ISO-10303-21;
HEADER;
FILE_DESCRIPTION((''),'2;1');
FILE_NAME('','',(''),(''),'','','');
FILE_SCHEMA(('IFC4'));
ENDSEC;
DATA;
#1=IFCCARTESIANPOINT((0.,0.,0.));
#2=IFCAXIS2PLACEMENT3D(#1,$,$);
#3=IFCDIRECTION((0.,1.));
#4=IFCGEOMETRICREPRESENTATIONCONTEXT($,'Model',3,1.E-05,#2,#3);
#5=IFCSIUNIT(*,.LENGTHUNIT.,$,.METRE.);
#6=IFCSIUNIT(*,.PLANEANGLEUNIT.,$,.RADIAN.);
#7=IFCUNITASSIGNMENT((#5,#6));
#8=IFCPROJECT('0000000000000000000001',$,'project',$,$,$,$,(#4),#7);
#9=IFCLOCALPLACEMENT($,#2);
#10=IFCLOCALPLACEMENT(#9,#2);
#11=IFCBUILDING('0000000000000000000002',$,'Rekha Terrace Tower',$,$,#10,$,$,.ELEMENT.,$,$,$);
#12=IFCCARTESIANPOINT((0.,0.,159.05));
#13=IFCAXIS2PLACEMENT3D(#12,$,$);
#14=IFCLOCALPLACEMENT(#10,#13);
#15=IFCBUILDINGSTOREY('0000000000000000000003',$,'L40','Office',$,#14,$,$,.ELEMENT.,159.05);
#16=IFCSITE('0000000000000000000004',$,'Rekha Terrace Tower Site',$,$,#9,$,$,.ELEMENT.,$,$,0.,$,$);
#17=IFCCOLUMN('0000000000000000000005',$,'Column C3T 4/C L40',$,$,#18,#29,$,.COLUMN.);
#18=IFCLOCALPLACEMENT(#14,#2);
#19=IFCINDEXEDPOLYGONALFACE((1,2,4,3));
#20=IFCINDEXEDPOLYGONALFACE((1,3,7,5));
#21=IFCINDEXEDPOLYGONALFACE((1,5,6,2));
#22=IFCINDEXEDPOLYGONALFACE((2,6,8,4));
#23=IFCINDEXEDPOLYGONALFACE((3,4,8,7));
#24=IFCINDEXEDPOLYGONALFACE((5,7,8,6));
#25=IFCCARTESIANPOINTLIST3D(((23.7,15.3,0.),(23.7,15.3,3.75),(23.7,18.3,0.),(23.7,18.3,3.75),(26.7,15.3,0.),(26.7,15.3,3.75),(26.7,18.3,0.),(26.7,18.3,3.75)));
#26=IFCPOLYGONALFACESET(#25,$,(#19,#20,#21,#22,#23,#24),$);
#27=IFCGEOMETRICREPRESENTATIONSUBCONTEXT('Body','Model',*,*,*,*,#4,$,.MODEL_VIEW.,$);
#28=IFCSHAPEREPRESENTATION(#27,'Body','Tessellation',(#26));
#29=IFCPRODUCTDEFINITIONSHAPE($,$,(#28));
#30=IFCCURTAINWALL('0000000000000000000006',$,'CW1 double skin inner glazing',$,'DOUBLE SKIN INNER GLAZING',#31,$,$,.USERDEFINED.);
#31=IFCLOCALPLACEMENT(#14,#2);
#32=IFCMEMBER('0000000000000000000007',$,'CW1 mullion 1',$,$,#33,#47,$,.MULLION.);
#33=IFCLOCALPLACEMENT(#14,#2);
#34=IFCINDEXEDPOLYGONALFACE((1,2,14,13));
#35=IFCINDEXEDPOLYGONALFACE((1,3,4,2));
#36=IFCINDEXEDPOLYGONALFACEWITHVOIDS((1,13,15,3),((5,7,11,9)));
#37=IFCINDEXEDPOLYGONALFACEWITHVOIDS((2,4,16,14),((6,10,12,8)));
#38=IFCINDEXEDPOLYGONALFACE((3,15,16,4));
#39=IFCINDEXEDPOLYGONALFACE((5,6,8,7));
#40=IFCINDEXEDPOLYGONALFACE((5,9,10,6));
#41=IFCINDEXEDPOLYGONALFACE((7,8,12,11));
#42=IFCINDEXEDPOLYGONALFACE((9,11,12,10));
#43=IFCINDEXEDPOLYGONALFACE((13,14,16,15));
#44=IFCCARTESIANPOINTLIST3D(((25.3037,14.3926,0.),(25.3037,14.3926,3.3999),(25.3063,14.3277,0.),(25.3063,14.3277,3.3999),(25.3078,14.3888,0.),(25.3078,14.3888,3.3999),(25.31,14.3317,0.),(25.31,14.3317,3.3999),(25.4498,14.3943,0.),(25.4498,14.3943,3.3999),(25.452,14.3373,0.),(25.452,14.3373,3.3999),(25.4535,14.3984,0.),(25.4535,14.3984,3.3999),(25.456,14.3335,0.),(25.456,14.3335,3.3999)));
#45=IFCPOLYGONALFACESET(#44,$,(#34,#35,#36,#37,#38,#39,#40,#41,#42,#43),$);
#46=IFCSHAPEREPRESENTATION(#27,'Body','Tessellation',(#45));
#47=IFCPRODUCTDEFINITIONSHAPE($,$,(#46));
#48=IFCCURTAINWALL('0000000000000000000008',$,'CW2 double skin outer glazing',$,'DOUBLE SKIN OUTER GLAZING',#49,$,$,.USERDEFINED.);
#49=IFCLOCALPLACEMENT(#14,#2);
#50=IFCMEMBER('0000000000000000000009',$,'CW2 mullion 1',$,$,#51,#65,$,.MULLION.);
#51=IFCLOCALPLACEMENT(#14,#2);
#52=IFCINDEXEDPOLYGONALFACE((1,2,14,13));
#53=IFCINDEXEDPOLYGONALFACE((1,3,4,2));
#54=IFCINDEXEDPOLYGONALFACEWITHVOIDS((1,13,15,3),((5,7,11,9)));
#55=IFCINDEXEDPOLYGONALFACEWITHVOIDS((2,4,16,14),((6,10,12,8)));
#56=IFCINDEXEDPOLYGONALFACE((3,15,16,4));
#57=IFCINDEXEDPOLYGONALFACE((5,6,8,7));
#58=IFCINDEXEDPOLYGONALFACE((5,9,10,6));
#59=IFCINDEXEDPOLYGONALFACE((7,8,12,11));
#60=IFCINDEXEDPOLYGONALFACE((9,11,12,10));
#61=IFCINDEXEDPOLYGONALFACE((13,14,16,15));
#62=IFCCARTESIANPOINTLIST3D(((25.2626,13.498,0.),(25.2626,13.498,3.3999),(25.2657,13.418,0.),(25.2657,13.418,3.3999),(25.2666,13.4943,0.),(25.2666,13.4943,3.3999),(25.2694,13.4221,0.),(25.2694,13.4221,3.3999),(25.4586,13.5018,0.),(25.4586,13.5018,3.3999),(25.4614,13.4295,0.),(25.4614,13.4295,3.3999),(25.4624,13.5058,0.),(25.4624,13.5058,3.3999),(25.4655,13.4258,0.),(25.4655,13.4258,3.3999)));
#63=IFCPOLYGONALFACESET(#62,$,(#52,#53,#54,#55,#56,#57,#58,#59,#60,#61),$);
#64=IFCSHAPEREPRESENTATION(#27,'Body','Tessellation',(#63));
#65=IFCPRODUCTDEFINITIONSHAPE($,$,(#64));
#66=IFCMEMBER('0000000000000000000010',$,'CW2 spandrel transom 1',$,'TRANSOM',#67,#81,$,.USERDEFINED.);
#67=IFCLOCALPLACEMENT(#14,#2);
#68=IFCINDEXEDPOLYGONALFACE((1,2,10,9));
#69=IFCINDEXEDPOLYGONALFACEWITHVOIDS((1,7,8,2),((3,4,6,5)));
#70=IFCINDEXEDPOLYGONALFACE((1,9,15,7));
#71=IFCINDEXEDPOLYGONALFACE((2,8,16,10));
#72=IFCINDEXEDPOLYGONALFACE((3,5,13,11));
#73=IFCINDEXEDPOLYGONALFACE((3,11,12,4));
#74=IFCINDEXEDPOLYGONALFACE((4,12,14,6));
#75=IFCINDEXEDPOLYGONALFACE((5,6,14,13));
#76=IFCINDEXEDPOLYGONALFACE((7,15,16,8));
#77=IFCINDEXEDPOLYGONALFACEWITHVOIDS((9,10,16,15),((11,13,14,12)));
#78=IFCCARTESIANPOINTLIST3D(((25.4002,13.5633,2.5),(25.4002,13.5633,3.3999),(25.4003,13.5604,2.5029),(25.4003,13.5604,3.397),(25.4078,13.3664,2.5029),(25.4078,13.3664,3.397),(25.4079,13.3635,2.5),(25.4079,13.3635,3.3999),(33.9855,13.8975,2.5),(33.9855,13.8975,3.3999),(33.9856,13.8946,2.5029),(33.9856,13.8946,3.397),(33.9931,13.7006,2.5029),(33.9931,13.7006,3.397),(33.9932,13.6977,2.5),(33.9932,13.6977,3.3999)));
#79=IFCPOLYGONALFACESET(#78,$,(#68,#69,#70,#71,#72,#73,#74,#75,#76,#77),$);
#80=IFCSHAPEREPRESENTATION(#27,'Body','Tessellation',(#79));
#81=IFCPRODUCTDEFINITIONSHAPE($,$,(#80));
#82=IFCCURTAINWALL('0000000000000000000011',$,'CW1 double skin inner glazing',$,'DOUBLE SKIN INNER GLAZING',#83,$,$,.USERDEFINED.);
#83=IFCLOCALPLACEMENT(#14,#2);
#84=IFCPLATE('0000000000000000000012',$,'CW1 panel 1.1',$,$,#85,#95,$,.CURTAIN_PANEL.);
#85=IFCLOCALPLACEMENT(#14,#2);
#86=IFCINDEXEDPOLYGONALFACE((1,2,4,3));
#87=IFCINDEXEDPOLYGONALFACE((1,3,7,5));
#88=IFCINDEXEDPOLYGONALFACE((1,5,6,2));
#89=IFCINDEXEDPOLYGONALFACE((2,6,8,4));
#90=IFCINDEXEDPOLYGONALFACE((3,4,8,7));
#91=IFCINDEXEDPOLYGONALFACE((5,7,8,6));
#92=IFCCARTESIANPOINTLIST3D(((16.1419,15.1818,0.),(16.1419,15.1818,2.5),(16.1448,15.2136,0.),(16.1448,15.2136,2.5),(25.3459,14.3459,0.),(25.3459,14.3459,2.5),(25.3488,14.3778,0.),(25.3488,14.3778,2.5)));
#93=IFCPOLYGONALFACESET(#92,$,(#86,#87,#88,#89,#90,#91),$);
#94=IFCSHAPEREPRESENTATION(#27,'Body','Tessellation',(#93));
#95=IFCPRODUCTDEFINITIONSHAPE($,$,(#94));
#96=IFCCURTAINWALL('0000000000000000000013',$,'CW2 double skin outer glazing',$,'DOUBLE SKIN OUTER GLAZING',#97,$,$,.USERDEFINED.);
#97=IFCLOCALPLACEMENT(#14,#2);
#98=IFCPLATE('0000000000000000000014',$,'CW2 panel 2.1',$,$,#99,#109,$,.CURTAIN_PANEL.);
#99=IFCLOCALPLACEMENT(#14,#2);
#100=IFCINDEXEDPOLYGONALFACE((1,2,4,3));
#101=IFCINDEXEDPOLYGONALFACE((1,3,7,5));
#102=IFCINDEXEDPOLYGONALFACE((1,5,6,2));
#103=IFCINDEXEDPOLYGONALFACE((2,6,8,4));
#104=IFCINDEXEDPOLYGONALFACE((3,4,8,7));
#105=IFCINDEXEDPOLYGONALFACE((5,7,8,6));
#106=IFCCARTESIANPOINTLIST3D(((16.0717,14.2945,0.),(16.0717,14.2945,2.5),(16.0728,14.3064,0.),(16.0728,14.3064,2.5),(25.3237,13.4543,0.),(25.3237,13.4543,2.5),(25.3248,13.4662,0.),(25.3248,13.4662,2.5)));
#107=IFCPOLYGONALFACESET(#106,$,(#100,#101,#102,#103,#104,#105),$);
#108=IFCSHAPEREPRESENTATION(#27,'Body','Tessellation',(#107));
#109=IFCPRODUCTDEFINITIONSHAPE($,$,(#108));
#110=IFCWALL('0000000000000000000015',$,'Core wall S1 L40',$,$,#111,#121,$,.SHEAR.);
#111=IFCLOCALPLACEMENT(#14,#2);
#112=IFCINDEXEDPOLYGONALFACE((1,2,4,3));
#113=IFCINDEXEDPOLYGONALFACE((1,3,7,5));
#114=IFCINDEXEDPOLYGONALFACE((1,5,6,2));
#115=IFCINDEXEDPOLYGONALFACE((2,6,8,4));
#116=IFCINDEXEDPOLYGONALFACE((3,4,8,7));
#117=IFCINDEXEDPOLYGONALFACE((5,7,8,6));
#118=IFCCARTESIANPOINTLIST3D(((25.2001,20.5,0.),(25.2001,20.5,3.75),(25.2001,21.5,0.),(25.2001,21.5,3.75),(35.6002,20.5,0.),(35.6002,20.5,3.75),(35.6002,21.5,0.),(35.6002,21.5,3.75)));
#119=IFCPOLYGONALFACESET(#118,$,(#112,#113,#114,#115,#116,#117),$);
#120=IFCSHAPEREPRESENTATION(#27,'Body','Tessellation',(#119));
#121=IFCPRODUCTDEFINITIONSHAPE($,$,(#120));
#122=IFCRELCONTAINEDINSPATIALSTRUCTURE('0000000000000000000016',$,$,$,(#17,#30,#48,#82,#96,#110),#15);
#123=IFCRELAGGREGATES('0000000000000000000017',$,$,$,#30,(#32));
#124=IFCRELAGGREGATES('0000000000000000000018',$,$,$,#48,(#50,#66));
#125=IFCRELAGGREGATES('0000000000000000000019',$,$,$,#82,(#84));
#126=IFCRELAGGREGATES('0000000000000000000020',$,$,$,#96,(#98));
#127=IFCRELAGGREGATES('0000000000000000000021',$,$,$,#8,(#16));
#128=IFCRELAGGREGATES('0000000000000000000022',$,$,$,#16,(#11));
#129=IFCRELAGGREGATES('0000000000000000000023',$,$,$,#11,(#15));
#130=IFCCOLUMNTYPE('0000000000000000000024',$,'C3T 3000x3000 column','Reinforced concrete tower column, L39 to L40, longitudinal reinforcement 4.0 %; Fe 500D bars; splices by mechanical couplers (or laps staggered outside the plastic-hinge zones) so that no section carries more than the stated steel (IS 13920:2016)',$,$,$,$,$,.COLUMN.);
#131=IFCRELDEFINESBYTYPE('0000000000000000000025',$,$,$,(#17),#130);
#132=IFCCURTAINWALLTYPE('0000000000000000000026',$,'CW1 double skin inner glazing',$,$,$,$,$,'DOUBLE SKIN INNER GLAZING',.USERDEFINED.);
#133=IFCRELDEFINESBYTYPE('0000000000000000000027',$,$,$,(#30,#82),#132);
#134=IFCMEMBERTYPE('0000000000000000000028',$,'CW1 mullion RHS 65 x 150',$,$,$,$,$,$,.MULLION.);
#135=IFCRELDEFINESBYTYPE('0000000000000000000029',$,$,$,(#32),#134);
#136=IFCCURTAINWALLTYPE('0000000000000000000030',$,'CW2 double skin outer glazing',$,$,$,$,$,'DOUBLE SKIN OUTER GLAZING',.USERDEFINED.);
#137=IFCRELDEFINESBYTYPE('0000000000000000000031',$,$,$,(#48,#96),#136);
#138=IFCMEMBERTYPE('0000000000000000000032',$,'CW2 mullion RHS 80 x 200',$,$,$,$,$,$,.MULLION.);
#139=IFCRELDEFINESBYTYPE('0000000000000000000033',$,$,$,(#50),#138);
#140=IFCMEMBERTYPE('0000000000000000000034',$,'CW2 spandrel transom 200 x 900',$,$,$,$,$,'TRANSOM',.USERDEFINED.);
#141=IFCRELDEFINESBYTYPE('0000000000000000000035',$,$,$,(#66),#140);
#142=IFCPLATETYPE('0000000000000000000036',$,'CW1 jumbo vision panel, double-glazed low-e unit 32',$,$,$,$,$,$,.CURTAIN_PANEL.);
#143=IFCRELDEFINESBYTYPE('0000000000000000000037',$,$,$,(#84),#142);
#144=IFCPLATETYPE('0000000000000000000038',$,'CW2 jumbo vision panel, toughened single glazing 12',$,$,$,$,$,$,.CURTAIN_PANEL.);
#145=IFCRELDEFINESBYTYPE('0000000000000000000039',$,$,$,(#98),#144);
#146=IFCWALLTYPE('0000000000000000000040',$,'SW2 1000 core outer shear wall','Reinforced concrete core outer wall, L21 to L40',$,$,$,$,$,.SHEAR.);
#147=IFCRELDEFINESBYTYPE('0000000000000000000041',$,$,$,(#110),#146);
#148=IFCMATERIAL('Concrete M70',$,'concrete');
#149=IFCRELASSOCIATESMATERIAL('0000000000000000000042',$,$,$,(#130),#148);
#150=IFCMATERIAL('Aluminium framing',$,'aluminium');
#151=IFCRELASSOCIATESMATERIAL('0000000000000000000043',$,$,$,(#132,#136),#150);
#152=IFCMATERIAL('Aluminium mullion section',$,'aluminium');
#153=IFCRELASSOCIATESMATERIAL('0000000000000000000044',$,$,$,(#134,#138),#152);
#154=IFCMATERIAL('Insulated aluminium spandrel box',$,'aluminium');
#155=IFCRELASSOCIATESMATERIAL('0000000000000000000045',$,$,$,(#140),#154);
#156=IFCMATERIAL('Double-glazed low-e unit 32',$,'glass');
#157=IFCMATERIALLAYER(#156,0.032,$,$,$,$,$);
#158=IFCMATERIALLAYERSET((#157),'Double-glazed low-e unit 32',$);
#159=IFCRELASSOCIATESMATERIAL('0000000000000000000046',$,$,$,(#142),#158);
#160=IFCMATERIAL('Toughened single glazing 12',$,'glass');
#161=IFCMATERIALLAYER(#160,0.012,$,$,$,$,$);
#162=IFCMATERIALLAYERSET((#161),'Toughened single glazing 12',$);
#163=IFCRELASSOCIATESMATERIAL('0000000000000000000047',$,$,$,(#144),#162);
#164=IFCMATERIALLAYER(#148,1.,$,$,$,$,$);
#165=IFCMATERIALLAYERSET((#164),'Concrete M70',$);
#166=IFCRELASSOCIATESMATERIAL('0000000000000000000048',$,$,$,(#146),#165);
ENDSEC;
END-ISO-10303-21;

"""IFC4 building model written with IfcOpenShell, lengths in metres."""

from ifc_helpers import new_model, si_unit, direction, frame, frame_2d, origin, origin_2d, place, context, subcontext, project, spatial, rectangle, hollow_rectangle, extrude, material, layer, layer_set, material_profile, profile_set, type_object, element, aggregate, save


model = new_model("IFC4")

# Units and contexts
model_context = context("Model", 3, precision=1e-05, world=origin(), true_north=direction((0.0, 1.0)))
body_context = subcontext(model_context, "Body", "Model", "MODEL_VIEW")
ifc_project = project(units=[si_unit("LENGTHUNIT", "METRE"), si_unit("PLANEANGLEUNIT", "RADIAN")], contexts=[model_context])

# Site, building, storey
site_placement = place(None, origin())
site = spatial("IfcSite", under=ifc_project, at=site_placement, Name="Rekha Terrace Tower Site", CompositionType="ELEMENT", RefElevation=0.0)
building_placement = place(site_placement, origin())
building = spatial("IfcBuilding", under=site, at=building_placement, Name="Rekha Terrace Tower", CompositionType="ELEMENT")
storey_placement = place(building_placement, frame((0.0, 0.0, 159.05)))
storey = spatial("IfcBuildingStorey", under=building, at=storey_placement, Name="L40", Description="Office", CompositionType="ELEMENT", Elevation=159.05)

# Column
ifc_material_1 = material(Name="Concrete M70", Category="concrete")
ifc_material_profile_1 = material_profile(ifc_material_1, rectangle(XDim=3.0, YDim=3.0, at=origin_2d()), Name="RC 3000x3000")
ifc_profile_set_1 = profile_set([ifc_material_profile_1], Name="Concrete M70")
column_type = type_object("IfcColumnType", Name="C3T 3000x3000 column", Description="Reinforced concrete tower column, L39 to L40, longitudinal reinforcement 4.0 %; Fe 500D bars; splices by mechanical couplers (or laps staggered outside the plastic-hinge zones) so that no section carries more than the stated steel (IS 13920:2016)", PredefinedType="COLUMN", material=ifc_profile_set_1)
column_placement = place(storey_placement, frame((25.2, 16.8, 0.0), z_axis=(0.0, 0.0, 1.0), x_axis=(1.0, 0.0, 0.0)))
element("IfcColumn", 1, at=column_placement, inside=storey, type_object=column_type, Name="Column C3T 4/C L40", PredefinedType="COLUMN", context=body_context, shape_type="SweptSolid", body=[
    extrude(rectangle(XDim=3.0, YDim=3.0, at=origin_2d()), origin(), (0.0, 0.0, 1.0), 3.75),
])

# Curtain wall, member
ifc_material_2 = material(Name="Aluminium framing", Category="aluminium")
curtain_wall_type_1 = type_object("IfcCurtainWallType", Name="CW1 double skin inner glazing", ElementType="DOUBLE SKIN INNER GLAZING", PredefinedType="USERDEFINED", material=ifc_material_2)
curtain_wall_1_placement = place(storey_placement, origin())
curtain_wall_1 = element("IfcCurtainWall", 2, at=curtain_wall_1_placement, inside=storey, type_object=curtain_wall_type_1, Name="CW1 double skin inner glazing", ObjectType="DOUBLE SKIN INNER GLAZING", PredefinedType="USERDEFINED")
ifc_material_3 = material(Name="Aluminium mullion section", Category="aluminium")
ifc_material_profile_2 = material_profile(ifc_material_3, hollow_rectangle(XDim=0.0649, YDim=0.1499, WallThickness=0.0039, at=origin_2d()), Name="AL RHS 65x150")
ifc_profile_set_2 = profile_set([ifc_material_profile_2], Name="Aluminium mullion section")
member_type_1 = type_object("IfcMemberType", Name="CW1 mullion RHS 65 x 150", PredefinedType="MULLION", material=ifc_profile_set_2)
member_1_placement = place(storey_placement, frame((25.3799, 14.363, 0.0), z_axis=(0.0, 0.0, 1.0), x_axis=(-0.03889, 0.999243, 0.0)))
member_1 = element("IfcMember", 3, at=member_1_placement, type_object=member_type_1, Name="CW1 mullion 1", PredefinedType="MULLION", context=body_context, shape_type="SweptSolid", body=[
    extrude(hollow_rectangle(XDim=0.0649, YDim=0.1499, WallThickness=0.0039, at=origin_2d()), origin(), (0.0, 0.0, 1.0), 3.3999),
])
aggregate(curtain_wall_1, [member_1])

# Curtain wall, members
curtain_wall_type_2 = type_object("IfcCurtainWallType", Name="CW2 double skin outer glazing", ElementType="DOUBLE SKIN OUTER GLAZING", PredefinedType="USERDEFINED", material=ifc_material_2)
curtain_wall_2_placement = place(storey_placement, origin())
curtain_wall_2 = element("IfcCurtainWall", 4, at=curtain_wall_2_placement, inside=storey, type_object=curtain_wall_type_2, Name="CW2 double skin outer glazing", ObjectType="DOUBLE SKIN OUTER GLAZING", PredefinedType="USERDEFINED")
ifc_material_profile_3 = material_profile(ifc_material_3, hollow_rectangle(XDim=0.0801, YDim=0.2, WallThickness=0.0039, at=origin_2d()), Name="AL RHS 80x200")
ifc_profile_set_3 = profile_set([ifc_material_profile_3], Name="Aluminium mullion section")
member_type_2 = type_object("IfcMemberType", Name="CW2 mullion RHS 80 x 200", PredefinedType="MULLION", material=ifc_profile_set_3)
member_2_placement = place(storey_placement, frame((25.364, 13.4619, 0.0), z_axis=(0.0, 0.0, 1.0), x_axis=(-0.03889, 0.999243, 0.0)))
member_2 = element("IfcMember", 5, at=member_2_placement, type_object=member_type_2, Name="CW2 mullion 1", PredefinedType="MULLION", context=body_context, shape_type="SweptSolid", body=[
    extrude(hollow_rectangle(XDim=0.0801, YDim=0.2, WallThickness=0.0039, at=origin_2d()), origin(), (0.0, 0.0, 1.0), 3.3999),
])
ifc_material_4 = material(Name="Insulated aluminium spandrel box", Category="aluminium")
ifc_material_profile_4 = material_profile(ifc_material_4, hollow_rectangle(XDim=0.2, YDim=0.8999, WallThickness=0.0029, at=origin_2d()), Name="AL SPANDREL BOX 200x900")
ifc_profile_set_4 = profile_set([ifc_material_profile_4], Name="Insulated aluminium spandrel box")
member_type_3 = type_object("IfcMemberType", Name="CW2 spandrel transom 200 x 900", ElementType="TRANSOM", PredefinedType="USERDEFINED", material=ifc_profile_set_4)
member_3_placement = place(storey_placement, frame((25.4041, 13.4634, 2.95), z_axis=(0.999243, 0.038901, 0.0), x_axis=(-0.038901, 0.999243, 0.0)))
member_3 = element("IfcMember", 6, at=member_3_placement, type_object=member_type_3, Name="CW2 spandrel transom 1", ObjectType="TRANSOM", PredefinedType="USERDEFINED", context=body_context, shape_type="SweptSolid", body=[
    extrude(hollow_rectangle(XDim=0.2, YDim=0.8999, WallThickness=0.0029, at=origin_2d()), origin(), (0.0, 0.0, 1.0), 8.5918),
])
aggregate(curtain_wall_2, [member_2, member_3])

# Curtain walls, plates
curtain_wall_3_placement = place(storey_placement, origin())
curtain_wall_3 = element("IfcCurtainWall", 7, at=curtain_wall_3_placement, inside=storey, type_object=curtain_wall_type_1, Name="CW1 double skin inner glazing", ObjectType="DOUBLE SKIN INNER GLAZING", PredefinedType="USERDEFINED")
ifc_material_5 = material(Name="Double-glazed low-e unit 32", Category="glass")
ifc_layer_1 = layer(ifc_material_5, 0.032)
ifc_layer_set_1 = layer_set([ifc_layer_1], Name="Double-glazed low-e unit 32")
plate_type_1 = type_object("IfcPlateType", Name="CW1 jumbo vision panel, double-glazed low-e unit 32", PredefinedType="CURTAIN_PANEL", material=ifc_layer_set_1)
plate_1_placement = place(storey_placement, frame((20.7454, 14.7798, 0.0), z_axis=(0.0, 0.0, 1.0), x_axis=(0.995902, -0.09044, 0.0)))
plate_1 = element("IfcPlate", 8, at=plate_1_placement, type_object=plate_type_1, Name="CW1 panel 1.1", PredefinedType="CURTAIN_PANEL", context=body_context, shape_type="SweptSolid", body=[
    extrude(rectangle(XDim=9.2419, YDim=0.032, at=origin_2d()), origin(), (0.0, 0.0, 1.0), 2.5),
])
aggregate(curtain_wall_3, [plate_1])
curtain_wall_4_placement = place(storey_placement, origin())
curtain_wall_4 = element("IfcCurtainWall", 9, at=curtain_wall_4_placement, inside=storey, type_object=curtain_wall_type_2, Name="CW2 double skin outer glazing", ObjectType="DOUBLE SKIN OUTER GLAZING", PredefinedType="USERDEFINED")
ifc_material_6 = material(Name="Toughened single glazing 12", Category="glass")
ifc_layer_2 = layer(ifc_material_6, 0.012)
ifc_layer_set_2 = layer_set([ifc_layer_2], Name="Toughened single glazing 12")
plate_type_2 = type_object("IfcPlateType", Name="CW2 jumbo vision panel, toughened single glazing 12", PredefinedType="CURTAIN_PANEL", material=ifc_layer_set_2)
plate_2_placement = place(storey_placement, frame((20.6982, 13.8804, 0.0), z_axis=(0.0, 0.0, 1.0), x_axis=(0.995902, -0.09044, 0.0)))
plate_2 = element("IfcPlate", 10, at=plate_2_placement, type_object=plate_type_2, Name="CW2 panel 2.1", PredefinedType="CURTAIN_PANEL", context=body_context, shape_type="SweptSolid", body=[
    extrude(rectangle(XDim=9.29, YDim=0.012, at=origin_2d()), origin(), (0.0, 0.0, 1.0), 2.5),
])
aggregate(curtain_wall_4, [plate_2])

# Wall
ifc_layer_3 = layer(ifc_material_1, 1.0)
ifc_layer_set_3 = layer_set([ifc_layer_3], Name="Concrete M70")
wall_type_1 = type_object("IfcWallType", Name="SW2 1000 core outer shear wall", Description="Reinforced concrete core outer wall, L21 to L40", PredefinedType="SHEAR", material=ifc_layer_set_3)
wall_1_placement = place(storey_placement, frame((25.2, 21.0, 0.0), z_axis=(0.0, 0.0, 1.0), x_axis=(1.0, 0.0, 0.0)))
element("IfcWall", 11, at=wall_1_placement, inside=storey, type_object=wall_type_1, Name="Core wall S1 L40", PredefinedType="SHEAR", context=body_context, shape_type="SweptSolid", body=[
    extrude(rectangle(XDim=10.4001, YDim=1.0, at=frame_2d((5.2002, 0.0))), origin(), (0.0, 0.0, 1.0), 3.75),
])

save(model, "model.ifc")
